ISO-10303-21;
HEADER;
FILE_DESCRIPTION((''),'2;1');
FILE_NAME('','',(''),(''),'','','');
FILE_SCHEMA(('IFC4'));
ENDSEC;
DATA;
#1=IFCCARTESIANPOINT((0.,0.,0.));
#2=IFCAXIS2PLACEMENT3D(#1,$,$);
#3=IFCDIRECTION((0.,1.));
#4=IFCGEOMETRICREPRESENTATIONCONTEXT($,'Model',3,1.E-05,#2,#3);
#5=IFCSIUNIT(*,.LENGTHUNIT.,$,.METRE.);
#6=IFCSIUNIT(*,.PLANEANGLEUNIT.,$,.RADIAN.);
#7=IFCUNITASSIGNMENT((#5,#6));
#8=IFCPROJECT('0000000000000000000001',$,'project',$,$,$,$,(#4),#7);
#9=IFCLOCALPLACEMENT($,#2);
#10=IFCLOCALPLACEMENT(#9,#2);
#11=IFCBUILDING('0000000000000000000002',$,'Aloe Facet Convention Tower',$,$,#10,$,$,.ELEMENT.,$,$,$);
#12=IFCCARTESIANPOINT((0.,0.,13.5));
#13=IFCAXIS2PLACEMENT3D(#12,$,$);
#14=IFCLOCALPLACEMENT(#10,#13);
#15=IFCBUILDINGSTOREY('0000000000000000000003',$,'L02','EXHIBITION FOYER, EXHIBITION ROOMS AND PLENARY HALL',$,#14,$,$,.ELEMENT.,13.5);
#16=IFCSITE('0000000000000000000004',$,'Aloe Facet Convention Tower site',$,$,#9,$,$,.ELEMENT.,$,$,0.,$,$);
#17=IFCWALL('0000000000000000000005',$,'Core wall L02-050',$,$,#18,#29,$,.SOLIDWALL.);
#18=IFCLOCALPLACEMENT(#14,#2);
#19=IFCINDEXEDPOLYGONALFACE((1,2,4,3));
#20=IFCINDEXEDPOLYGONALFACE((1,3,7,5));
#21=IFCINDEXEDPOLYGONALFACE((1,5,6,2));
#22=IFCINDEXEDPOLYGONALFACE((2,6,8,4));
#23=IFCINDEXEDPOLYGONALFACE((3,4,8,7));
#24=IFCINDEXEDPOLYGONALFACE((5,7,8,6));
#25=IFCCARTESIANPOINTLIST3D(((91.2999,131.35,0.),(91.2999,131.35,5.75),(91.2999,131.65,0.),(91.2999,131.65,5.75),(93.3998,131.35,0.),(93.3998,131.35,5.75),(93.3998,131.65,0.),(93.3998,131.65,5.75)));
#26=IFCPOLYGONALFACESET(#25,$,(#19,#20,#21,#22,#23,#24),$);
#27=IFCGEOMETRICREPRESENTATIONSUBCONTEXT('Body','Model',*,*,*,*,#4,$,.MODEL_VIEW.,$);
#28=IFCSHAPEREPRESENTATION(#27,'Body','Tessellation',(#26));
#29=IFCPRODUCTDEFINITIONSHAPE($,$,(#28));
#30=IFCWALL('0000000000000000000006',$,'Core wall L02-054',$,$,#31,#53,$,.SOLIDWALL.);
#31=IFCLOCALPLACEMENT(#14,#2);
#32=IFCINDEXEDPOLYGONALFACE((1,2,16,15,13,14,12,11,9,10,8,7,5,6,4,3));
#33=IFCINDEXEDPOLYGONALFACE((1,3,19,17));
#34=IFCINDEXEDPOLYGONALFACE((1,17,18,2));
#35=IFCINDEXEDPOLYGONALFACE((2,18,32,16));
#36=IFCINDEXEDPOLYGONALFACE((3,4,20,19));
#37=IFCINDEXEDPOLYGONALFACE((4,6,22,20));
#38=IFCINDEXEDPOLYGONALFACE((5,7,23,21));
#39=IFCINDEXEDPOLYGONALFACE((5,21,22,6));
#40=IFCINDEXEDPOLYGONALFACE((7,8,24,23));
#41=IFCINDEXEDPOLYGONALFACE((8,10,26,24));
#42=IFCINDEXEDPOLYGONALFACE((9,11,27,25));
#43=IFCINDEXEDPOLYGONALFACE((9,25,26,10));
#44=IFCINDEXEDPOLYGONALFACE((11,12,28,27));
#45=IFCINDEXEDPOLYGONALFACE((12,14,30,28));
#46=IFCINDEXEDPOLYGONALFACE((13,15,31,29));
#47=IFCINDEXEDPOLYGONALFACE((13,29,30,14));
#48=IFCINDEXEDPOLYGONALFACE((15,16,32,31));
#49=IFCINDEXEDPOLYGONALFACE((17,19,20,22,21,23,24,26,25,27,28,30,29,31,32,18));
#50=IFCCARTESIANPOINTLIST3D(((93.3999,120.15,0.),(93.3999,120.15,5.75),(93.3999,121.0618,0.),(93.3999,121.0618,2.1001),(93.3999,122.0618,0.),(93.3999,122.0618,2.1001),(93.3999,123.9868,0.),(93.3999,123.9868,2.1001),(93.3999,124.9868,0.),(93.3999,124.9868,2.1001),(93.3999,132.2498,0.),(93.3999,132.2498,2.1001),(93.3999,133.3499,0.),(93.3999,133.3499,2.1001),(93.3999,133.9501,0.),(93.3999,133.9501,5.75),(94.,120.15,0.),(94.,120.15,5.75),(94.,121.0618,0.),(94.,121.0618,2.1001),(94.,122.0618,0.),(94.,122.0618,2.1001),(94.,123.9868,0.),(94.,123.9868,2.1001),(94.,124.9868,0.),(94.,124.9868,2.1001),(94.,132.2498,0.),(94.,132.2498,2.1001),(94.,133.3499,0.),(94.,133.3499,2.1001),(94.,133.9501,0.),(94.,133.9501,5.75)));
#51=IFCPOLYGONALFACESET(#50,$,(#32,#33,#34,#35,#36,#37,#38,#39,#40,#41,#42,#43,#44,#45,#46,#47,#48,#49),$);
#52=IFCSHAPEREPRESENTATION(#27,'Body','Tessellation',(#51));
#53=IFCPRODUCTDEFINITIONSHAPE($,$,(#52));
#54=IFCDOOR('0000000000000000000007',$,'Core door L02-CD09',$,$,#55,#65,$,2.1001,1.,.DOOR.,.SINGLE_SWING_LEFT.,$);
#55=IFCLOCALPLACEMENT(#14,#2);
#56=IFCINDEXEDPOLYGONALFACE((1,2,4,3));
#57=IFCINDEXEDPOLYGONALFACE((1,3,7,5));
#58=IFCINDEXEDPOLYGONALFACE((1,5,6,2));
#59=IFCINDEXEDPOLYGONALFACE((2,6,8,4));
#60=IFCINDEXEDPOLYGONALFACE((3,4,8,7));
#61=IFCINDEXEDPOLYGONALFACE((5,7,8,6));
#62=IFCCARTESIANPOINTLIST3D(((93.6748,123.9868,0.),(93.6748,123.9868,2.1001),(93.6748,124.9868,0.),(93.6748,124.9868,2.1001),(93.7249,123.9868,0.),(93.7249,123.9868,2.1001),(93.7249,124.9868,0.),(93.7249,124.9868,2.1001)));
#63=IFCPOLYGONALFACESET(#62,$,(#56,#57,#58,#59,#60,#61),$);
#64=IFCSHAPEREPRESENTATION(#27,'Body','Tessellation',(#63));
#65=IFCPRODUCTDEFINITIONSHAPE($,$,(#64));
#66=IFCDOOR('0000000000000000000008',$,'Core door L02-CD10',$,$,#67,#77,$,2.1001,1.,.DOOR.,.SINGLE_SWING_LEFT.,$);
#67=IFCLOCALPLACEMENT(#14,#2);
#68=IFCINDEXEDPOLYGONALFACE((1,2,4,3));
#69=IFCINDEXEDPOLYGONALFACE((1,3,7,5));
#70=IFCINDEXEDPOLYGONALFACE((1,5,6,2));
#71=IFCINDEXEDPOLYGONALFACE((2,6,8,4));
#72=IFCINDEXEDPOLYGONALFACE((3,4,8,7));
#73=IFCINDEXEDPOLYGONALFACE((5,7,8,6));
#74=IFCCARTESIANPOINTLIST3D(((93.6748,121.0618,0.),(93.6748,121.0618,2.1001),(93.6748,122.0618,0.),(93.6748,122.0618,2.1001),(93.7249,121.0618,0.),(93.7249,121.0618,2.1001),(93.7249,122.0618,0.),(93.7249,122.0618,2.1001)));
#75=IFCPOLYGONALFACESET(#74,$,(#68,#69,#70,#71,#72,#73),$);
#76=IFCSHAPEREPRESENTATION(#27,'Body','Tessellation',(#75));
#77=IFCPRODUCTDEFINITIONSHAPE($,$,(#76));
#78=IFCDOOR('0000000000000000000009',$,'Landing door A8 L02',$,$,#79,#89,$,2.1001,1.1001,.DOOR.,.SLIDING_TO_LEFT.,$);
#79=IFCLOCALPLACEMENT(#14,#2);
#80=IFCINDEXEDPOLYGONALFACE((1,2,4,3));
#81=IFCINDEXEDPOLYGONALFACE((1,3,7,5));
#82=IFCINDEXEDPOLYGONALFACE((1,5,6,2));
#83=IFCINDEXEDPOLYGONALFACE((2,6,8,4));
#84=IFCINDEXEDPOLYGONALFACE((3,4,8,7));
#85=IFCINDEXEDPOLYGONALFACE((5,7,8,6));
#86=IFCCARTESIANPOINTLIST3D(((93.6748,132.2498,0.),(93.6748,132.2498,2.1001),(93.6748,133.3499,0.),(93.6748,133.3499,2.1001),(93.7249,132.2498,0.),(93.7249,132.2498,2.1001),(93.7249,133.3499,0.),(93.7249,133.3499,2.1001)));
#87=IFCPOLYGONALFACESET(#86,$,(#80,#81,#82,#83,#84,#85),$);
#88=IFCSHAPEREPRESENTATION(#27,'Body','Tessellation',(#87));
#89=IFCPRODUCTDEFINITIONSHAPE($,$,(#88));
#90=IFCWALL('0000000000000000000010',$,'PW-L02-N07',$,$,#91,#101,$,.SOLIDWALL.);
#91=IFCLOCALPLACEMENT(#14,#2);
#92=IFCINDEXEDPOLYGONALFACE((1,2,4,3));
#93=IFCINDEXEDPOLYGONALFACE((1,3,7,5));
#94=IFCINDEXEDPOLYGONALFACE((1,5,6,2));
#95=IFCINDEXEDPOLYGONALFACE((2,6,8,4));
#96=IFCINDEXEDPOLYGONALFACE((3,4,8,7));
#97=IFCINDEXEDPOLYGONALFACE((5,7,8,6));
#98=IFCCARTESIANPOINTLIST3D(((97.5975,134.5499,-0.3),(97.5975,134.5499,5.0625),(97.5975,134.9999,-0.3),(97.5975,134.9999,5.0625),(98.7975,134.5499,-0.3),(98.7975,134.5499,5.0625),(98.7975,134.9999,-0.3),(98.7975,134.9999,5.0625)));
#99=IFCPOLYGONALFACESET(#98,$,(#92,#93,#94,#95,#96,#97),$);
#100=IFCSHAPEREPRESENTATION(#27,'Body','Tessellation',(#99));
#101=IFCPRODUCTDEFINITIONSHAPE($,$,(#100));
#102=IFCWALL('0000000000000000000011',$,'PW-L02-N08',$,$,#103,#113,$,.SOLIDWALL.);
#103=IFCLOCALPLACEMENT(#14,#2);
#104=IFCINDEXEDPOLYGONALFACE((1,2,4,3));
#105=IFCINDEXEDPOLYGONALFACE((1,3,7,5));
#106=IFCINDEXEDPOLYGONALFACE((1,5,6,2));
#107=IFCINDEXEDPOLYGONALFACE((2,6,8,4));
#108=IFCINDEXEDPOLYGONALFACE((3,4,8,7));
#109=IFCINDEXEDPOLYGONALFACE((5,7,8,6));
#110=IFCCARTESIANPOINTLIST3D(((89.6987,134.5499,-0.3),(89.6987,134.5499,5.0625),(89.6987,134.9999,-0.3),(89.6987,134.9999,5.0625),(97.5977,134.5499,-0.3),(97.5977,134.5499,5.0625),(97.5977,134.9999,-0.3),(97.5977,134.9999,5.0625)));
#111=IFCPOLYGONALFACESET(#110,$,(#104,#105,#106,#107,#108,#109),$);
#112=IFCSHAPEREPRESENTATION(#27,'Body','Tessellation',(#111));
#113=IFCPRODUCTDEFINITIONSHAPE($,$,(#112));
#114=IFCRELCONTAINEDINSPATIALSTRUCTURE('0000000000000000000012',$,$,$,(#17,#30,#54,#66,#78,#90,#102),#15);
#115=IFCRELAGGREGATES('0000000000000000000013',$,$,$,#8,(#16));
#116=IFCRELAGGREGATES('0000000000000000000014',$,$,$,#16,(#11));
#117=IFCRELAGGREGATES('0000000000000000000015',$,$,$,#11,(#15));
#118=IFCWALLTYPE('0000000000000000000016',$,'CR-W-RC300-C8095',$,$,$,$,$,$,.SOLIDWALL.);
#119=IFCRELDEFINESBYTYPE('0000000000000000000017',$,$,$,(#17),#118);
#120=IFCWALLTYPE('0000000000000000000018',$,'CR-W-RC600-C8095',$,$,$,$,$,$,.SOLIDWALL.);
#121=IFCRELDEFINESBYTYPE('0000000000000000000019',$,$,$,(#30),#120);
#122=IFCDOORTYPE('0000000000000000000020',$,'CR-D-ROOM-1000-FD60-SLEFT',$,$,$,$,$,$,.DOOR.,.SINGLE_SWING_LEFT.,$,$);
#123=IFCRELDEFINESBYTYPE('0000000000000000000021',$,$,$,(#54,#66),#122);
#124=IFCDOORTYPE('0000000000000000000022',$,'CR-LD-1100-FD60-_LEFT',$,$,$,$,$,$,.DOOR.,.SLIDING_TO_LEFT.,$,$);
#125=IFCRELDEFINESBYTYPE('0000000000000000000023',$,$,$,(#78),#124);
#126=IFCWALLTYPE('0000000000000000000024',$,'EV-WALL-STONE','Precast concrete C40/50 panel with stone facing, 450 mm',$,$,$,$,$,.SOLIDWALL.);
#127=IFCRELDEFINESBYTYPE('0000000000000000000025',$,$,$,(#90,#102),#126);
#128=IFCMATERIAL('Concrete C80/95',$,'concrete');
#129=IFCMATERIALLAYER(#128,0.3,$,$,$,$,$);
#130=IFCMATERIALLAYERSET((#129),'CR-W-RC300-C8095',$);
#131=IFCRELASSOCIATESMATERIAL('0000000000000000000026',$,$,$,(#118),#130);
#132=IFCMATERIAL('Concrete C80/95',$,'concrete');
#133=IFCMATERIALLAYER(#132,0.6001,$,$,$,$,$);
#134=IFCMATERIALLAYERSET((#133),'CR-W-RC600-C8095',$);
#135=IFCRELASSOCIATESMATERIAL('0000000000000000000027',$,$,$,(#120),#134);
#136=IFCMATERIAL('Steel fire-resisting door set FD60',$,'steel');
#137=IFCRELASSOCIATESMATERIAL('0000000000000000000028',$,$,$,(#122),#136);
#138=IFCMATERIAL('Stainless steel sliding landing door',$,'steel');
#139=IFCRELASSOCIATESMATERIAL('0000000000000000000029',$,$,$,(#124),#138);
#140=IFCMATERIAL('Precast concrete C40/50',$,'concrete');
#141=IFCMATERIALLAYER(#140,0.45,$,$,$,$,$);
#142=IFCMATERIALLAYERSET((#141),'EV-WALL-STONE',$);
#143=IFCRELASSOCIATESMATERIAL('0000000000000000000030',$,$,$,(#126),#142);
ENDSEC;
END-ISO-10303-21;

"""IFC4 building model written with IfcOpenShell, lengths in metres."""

from ifc_helpers import new_model, si_unit, direction, frame, frame_2d, origin, place, context, subcontext, project, spatial, rectangle, extrude, material, layer, layer_set, type_object, element, fill, save


model = new_model("IFC4")

# Units and contexts
model_context = context("Model", 3, precision=1e-05, world=origin(), true_north=direction((0.0, 1.0)))
body_context = subcontext(model_context, "Body", "Model", "MODEL_VIEW")
ifc_project = project(units=[si_unit("LENGTHUNIT", "METRE"), si_unit("PLANEANGLEUNIT", "RADIAN")], contexts=[model_context])

# Site, building, storey
site_placement = place(None, origin())
site = spatial("IfcSite", under=ifc_project, at=site_placement, Name="Aloe Facet Convention Tower site", CompositionType="ELEMENT", RefElevation=0.0)
building_placement = place(site_placement, origin())
building = spatial("IfcBuilding", under=site, at=building_placement, Name="Aloe Facet Convention Tower", CompositionType="ELEMENT")
storey_placement = place(building_placement, frame((0.0, 0.0, 13.5)))
storey = spatial("IfcBuildingStorey", under=building, at=storey_placement, Name="L02", Description="EXHIBITION FOYER, EXHIBITION ROOMS AND PLENARY HALL", CompositionType="ELEMENT", Elevation=13.5)

# Wall
ifc_material_1 = material(Name="Concrete C80/95", Category="concrete")
ifc_layer_1 = layer(ifc_material_1, 0.3)
ifc_layer_set_1 = layer_set([ifc_layer_1], Name="CR-W-RC300-C8095")
wall_type_1 = type_object("IfcWallType", Name="CR-W-RC300-C8095", PredefinedType="SOLIDWALL", material=ifc_layer_set_1)
wall_1_placement = place(storey_placement, frame((91.3, 131.5, 0.0), z_axis=(0.0, 0.0, 1.0), x_axis=(1.0, 0.0, 0.0)))
element("IfcWall", 1, at=wall_1_placement, inside=storey, type_object=wall_type_1, Name="Core wall L02-050", PredefinedType="SOLIDWALL", context=body_context, shape_type="SweptSolid", body=[
    extrude(rectangle(XDim=2.0999, YDim=0.3, at=frame_2d((1.0498, 0.0))), origin(), (0.0, 0.0, 1.0), 5.75),
])

# Wall, openings, doors
ifc_material_2 = material(Name="Concrete C80/95", Category="concrete")
ifc_layer_2 = layer(ifc_material_2, 0.6001)
ifc_layer_set_2 = layer_set([ifc_layer_2], Name="CR-W-RC600-C8095")
wall_type_2 = type_object("IfcWallType", Name="CR-W-RC600-C8095", PredefinedType="SOLIDWALL", material=ifc_layer_set_2)
wall_2_placement = place(storey_placement, frame((93.7, 133.95, 0.0), z_axis=(0.0, 0.0, 1.0), x_axis=(0.0, -1.0, 0.0)))
wall_2 = element("IfcWall", 2, at=wall_2_placement, inside=storey, type_object=wall_type_2, Name="Core wall L02-054", PredefinedType="SOLIDWALL", context=body_context, shape_type="SweptSolid", body=[
    extrude(rectangle(XDim=13.8, YDim=0.6001, at=frame_2d((6.8999, 0.0))), origin(), (0.0, 0.0, 1.0), 5.75),
])
opening_1_placement = place(wall_2_placement, frame((0.6001, 0.0, 0.0)))
opening_1 = element("IfcOpeningElement", 3, at=opening_1_placement, cuts=wall_2, PredefinedType="OPENING", context=body_context, shape_type="SweptSolid", body=[
    extrude(rectangle(XDim=1.1001, YDim=2.1001, at=frame_2d((0.55, 1.05))), frame((0.0, 0.3101, 0.0), z_axis=(0.0, -1.0, 0.0), x_axis=(1.0, 0.0, 0.0)), (0.0, 0.0, 1.0), 0.6201),
])
opening_2_placement = place(wall_2_placement, frame((8.9631, 0.0, 0.0)))
opening_2 = element("IfcOpeningElement", 4, at=opening_2_placement, cuts=wall_2, PredefinedType="OPENING", context=body_context, shape_type="SweptSolid", body=[
    extrude(rectangle(XDim=1.0, YDim=2.1001, at=frame_2d((0.5, 1.05))), frame((0.0, 0.3101, 0.0), z_axis=(0.0, -1.0, 0.0), x_axis=(1.0, 0.0, 0.0)), (0.0, 0.0, 1.0), 0.6201),
])
opening_3_placement = place(wall_2_placement, frame((11.8882, 0.0, 0.0)))
opening_3 = element("IfcOpeningElement", 5, at=opening_3_placement, cuts=wall_2, PredefinedType="OPENING", context=body_context, shape_type="SweptSolid", body=[
    extrude(rectangle(XDim=1.0, YDim=2.1001, at=frame_2d((0.5, 1.05))), frame((0.0, 0.3101, 0.0), z_axis=(0.0, -1.0, 0.0), x_axis=(1.0, 0.0, 0.0)), (0.0, 0.0, 1.0), 0.6201),
])
ifc_material_3 = material(Name="Steel fire-resisting door set FD60", Category="steel")
door_type_1 = type_object("IfcDoorType", Name="CR-D-ROOM-1000-FD60-SLEFT", OperationType="SINGLE_SWING_LEFT", PredefinedType="DOOR", material=ifc_material_3)
door_1_placement = place(opening_2_placement, origin())
door_1 = element("IfcDoor", 6, at=door_1_placement, inside=storey, type_object=door_type_1, Name="Core door L02-CD09", OperationType="SINGLE_SWING_LEFT", OverallHeight=2.1001, OverallWidth=1.0, PredefinedType="DOOR", context=body_context, shape_type="SweptSolid", body=[
    extrude(rectangle(XDim=1.0, YDim=2.1001, at=frame_2d((0.5, 1.05))), frame((0.0, 0.0249, 0.0), z_axis=(0.0, -1.0, 0.0), x_axis=(1.0, 0.0, 0.0)), (0.0, 0.0, 1.0), 0.05),
])
fill(opening_2, door_1)
door_2_placement = place(opening_3_placement, origin())
door_2 = element("IfcDoor", 7, at=door_2_placement, inside=storey, type_object=door_type_1, Name="Core door L02-CD10", OperationType="SINGLE_SWING_LEFT", OverallHeight=2.1001, OverallWidth=1.0, PredefinedType="DOOR", context=body_context, shape_type="SweptSolid", body=[
    extrude(rectangle(XDim=1.0, YDim=2.1001, at=frame_2d((0.5, 1.05))), frame((0.0, 0.0249, 0.0), z_axis=(0.0, -1.0, 0.0), x_axis=(1.0, 0.0, 0.0)), (0.0, 0.0, 1.0), 0.05),
])
fill(opening_3, door_2)
ifc_material_4 = material(Name="Stainless steel sliding landing door", Category="steel")
door_type_2 = type_object("IfcDoorType", Name="CR-LD-1100-FD60-_LEFT", OperationType="SLIDING_TO_LEFT", PredefinedType="DOOR", material=ifc_material_4)
door_3_placement = place(opening_1_placement, origin())
door_3 = element("IfcDoor", 8, at=door_3_placement, inside=storey, type_object=door_type_2, Name="Landing door A8 L02", OperationType="SLIDING_TO_LEFT", OverallHeight=2.1001, OverallWidth=1.1001, PredefinedType="DOOR", context=body_context, shape_type="SweptSolid", body=[
    extrude(rectangle(XDim=1.1001, YDim=2.1001, at=frame_2d((0.55, 1.05))), frame((0.0, 0.0249, 0.0), z_axis=(0.0, -1.0, 0.0), x_axis=(1.0, 0.0, 0.0)), (0.0, 0.0, 1.0), 0.05),
])
fill(opening_1, door_3)

# Walls
ifc_material_5 = material(Name="Precast concrete C40/50", Category="concrete")
ifc_layer_3 = layer(ifc_material_5, 0.45)
ifc_layer_set_3 = layer_set([ifc_layer_3], Name="EV-WALL-STONE")
wall_type_3 = type_object("IfcWallType", Name="EV-WALL-STONE", Description="Precast concrete C40/50 panel with stone facing, 450 mm", PredefinedType="SOLIDWALL", material=ifc_layer_set_3)
wall_3_placement = place(storey_placement, frame((98.7976, 134.7749, -0.3), z_axis=(0.0, 0.0, 1.0), x_axis=(-1.0, 0.0, 0.0)))
element("IfcWall", 9, at=wall_3_placement, inside=storey, type_object=wall_type_3, Name="PW-L02-N07", PredefinedType="SOLIDWALL", context=body_context, shape_type="SweptSolid", body=[
    extrude(rectangle(XDim=1.2, YDim=0.45, at=frame_2d((0.6001, 0.0))), origin(), (0.0, 0.0, 1.0), 5.3625),
])
wall_4_placement = place(storey_placement, frame((97.5977, 134.7749, -0.3), z_axis=(0.0, 0.0, 1.0), x_axis=(-1.0, 0.0, 0.0)))
element("IfcWall", 10, at=wall_4_placement, inside=storey, type_object=wall_type_3, Name="PW-L02-N08", PredefinedType="SOLIDWALL", context=body_context, shape_type="SweptSolid", body=[
    extrude(rectangle(XDim=7.8989, YDim=0.45, at=frame_2d((3.9495, 0.0))), origin(), (0.0, 0.0, 1.0), 5.3625),
])

save(model, "model.ifc")
